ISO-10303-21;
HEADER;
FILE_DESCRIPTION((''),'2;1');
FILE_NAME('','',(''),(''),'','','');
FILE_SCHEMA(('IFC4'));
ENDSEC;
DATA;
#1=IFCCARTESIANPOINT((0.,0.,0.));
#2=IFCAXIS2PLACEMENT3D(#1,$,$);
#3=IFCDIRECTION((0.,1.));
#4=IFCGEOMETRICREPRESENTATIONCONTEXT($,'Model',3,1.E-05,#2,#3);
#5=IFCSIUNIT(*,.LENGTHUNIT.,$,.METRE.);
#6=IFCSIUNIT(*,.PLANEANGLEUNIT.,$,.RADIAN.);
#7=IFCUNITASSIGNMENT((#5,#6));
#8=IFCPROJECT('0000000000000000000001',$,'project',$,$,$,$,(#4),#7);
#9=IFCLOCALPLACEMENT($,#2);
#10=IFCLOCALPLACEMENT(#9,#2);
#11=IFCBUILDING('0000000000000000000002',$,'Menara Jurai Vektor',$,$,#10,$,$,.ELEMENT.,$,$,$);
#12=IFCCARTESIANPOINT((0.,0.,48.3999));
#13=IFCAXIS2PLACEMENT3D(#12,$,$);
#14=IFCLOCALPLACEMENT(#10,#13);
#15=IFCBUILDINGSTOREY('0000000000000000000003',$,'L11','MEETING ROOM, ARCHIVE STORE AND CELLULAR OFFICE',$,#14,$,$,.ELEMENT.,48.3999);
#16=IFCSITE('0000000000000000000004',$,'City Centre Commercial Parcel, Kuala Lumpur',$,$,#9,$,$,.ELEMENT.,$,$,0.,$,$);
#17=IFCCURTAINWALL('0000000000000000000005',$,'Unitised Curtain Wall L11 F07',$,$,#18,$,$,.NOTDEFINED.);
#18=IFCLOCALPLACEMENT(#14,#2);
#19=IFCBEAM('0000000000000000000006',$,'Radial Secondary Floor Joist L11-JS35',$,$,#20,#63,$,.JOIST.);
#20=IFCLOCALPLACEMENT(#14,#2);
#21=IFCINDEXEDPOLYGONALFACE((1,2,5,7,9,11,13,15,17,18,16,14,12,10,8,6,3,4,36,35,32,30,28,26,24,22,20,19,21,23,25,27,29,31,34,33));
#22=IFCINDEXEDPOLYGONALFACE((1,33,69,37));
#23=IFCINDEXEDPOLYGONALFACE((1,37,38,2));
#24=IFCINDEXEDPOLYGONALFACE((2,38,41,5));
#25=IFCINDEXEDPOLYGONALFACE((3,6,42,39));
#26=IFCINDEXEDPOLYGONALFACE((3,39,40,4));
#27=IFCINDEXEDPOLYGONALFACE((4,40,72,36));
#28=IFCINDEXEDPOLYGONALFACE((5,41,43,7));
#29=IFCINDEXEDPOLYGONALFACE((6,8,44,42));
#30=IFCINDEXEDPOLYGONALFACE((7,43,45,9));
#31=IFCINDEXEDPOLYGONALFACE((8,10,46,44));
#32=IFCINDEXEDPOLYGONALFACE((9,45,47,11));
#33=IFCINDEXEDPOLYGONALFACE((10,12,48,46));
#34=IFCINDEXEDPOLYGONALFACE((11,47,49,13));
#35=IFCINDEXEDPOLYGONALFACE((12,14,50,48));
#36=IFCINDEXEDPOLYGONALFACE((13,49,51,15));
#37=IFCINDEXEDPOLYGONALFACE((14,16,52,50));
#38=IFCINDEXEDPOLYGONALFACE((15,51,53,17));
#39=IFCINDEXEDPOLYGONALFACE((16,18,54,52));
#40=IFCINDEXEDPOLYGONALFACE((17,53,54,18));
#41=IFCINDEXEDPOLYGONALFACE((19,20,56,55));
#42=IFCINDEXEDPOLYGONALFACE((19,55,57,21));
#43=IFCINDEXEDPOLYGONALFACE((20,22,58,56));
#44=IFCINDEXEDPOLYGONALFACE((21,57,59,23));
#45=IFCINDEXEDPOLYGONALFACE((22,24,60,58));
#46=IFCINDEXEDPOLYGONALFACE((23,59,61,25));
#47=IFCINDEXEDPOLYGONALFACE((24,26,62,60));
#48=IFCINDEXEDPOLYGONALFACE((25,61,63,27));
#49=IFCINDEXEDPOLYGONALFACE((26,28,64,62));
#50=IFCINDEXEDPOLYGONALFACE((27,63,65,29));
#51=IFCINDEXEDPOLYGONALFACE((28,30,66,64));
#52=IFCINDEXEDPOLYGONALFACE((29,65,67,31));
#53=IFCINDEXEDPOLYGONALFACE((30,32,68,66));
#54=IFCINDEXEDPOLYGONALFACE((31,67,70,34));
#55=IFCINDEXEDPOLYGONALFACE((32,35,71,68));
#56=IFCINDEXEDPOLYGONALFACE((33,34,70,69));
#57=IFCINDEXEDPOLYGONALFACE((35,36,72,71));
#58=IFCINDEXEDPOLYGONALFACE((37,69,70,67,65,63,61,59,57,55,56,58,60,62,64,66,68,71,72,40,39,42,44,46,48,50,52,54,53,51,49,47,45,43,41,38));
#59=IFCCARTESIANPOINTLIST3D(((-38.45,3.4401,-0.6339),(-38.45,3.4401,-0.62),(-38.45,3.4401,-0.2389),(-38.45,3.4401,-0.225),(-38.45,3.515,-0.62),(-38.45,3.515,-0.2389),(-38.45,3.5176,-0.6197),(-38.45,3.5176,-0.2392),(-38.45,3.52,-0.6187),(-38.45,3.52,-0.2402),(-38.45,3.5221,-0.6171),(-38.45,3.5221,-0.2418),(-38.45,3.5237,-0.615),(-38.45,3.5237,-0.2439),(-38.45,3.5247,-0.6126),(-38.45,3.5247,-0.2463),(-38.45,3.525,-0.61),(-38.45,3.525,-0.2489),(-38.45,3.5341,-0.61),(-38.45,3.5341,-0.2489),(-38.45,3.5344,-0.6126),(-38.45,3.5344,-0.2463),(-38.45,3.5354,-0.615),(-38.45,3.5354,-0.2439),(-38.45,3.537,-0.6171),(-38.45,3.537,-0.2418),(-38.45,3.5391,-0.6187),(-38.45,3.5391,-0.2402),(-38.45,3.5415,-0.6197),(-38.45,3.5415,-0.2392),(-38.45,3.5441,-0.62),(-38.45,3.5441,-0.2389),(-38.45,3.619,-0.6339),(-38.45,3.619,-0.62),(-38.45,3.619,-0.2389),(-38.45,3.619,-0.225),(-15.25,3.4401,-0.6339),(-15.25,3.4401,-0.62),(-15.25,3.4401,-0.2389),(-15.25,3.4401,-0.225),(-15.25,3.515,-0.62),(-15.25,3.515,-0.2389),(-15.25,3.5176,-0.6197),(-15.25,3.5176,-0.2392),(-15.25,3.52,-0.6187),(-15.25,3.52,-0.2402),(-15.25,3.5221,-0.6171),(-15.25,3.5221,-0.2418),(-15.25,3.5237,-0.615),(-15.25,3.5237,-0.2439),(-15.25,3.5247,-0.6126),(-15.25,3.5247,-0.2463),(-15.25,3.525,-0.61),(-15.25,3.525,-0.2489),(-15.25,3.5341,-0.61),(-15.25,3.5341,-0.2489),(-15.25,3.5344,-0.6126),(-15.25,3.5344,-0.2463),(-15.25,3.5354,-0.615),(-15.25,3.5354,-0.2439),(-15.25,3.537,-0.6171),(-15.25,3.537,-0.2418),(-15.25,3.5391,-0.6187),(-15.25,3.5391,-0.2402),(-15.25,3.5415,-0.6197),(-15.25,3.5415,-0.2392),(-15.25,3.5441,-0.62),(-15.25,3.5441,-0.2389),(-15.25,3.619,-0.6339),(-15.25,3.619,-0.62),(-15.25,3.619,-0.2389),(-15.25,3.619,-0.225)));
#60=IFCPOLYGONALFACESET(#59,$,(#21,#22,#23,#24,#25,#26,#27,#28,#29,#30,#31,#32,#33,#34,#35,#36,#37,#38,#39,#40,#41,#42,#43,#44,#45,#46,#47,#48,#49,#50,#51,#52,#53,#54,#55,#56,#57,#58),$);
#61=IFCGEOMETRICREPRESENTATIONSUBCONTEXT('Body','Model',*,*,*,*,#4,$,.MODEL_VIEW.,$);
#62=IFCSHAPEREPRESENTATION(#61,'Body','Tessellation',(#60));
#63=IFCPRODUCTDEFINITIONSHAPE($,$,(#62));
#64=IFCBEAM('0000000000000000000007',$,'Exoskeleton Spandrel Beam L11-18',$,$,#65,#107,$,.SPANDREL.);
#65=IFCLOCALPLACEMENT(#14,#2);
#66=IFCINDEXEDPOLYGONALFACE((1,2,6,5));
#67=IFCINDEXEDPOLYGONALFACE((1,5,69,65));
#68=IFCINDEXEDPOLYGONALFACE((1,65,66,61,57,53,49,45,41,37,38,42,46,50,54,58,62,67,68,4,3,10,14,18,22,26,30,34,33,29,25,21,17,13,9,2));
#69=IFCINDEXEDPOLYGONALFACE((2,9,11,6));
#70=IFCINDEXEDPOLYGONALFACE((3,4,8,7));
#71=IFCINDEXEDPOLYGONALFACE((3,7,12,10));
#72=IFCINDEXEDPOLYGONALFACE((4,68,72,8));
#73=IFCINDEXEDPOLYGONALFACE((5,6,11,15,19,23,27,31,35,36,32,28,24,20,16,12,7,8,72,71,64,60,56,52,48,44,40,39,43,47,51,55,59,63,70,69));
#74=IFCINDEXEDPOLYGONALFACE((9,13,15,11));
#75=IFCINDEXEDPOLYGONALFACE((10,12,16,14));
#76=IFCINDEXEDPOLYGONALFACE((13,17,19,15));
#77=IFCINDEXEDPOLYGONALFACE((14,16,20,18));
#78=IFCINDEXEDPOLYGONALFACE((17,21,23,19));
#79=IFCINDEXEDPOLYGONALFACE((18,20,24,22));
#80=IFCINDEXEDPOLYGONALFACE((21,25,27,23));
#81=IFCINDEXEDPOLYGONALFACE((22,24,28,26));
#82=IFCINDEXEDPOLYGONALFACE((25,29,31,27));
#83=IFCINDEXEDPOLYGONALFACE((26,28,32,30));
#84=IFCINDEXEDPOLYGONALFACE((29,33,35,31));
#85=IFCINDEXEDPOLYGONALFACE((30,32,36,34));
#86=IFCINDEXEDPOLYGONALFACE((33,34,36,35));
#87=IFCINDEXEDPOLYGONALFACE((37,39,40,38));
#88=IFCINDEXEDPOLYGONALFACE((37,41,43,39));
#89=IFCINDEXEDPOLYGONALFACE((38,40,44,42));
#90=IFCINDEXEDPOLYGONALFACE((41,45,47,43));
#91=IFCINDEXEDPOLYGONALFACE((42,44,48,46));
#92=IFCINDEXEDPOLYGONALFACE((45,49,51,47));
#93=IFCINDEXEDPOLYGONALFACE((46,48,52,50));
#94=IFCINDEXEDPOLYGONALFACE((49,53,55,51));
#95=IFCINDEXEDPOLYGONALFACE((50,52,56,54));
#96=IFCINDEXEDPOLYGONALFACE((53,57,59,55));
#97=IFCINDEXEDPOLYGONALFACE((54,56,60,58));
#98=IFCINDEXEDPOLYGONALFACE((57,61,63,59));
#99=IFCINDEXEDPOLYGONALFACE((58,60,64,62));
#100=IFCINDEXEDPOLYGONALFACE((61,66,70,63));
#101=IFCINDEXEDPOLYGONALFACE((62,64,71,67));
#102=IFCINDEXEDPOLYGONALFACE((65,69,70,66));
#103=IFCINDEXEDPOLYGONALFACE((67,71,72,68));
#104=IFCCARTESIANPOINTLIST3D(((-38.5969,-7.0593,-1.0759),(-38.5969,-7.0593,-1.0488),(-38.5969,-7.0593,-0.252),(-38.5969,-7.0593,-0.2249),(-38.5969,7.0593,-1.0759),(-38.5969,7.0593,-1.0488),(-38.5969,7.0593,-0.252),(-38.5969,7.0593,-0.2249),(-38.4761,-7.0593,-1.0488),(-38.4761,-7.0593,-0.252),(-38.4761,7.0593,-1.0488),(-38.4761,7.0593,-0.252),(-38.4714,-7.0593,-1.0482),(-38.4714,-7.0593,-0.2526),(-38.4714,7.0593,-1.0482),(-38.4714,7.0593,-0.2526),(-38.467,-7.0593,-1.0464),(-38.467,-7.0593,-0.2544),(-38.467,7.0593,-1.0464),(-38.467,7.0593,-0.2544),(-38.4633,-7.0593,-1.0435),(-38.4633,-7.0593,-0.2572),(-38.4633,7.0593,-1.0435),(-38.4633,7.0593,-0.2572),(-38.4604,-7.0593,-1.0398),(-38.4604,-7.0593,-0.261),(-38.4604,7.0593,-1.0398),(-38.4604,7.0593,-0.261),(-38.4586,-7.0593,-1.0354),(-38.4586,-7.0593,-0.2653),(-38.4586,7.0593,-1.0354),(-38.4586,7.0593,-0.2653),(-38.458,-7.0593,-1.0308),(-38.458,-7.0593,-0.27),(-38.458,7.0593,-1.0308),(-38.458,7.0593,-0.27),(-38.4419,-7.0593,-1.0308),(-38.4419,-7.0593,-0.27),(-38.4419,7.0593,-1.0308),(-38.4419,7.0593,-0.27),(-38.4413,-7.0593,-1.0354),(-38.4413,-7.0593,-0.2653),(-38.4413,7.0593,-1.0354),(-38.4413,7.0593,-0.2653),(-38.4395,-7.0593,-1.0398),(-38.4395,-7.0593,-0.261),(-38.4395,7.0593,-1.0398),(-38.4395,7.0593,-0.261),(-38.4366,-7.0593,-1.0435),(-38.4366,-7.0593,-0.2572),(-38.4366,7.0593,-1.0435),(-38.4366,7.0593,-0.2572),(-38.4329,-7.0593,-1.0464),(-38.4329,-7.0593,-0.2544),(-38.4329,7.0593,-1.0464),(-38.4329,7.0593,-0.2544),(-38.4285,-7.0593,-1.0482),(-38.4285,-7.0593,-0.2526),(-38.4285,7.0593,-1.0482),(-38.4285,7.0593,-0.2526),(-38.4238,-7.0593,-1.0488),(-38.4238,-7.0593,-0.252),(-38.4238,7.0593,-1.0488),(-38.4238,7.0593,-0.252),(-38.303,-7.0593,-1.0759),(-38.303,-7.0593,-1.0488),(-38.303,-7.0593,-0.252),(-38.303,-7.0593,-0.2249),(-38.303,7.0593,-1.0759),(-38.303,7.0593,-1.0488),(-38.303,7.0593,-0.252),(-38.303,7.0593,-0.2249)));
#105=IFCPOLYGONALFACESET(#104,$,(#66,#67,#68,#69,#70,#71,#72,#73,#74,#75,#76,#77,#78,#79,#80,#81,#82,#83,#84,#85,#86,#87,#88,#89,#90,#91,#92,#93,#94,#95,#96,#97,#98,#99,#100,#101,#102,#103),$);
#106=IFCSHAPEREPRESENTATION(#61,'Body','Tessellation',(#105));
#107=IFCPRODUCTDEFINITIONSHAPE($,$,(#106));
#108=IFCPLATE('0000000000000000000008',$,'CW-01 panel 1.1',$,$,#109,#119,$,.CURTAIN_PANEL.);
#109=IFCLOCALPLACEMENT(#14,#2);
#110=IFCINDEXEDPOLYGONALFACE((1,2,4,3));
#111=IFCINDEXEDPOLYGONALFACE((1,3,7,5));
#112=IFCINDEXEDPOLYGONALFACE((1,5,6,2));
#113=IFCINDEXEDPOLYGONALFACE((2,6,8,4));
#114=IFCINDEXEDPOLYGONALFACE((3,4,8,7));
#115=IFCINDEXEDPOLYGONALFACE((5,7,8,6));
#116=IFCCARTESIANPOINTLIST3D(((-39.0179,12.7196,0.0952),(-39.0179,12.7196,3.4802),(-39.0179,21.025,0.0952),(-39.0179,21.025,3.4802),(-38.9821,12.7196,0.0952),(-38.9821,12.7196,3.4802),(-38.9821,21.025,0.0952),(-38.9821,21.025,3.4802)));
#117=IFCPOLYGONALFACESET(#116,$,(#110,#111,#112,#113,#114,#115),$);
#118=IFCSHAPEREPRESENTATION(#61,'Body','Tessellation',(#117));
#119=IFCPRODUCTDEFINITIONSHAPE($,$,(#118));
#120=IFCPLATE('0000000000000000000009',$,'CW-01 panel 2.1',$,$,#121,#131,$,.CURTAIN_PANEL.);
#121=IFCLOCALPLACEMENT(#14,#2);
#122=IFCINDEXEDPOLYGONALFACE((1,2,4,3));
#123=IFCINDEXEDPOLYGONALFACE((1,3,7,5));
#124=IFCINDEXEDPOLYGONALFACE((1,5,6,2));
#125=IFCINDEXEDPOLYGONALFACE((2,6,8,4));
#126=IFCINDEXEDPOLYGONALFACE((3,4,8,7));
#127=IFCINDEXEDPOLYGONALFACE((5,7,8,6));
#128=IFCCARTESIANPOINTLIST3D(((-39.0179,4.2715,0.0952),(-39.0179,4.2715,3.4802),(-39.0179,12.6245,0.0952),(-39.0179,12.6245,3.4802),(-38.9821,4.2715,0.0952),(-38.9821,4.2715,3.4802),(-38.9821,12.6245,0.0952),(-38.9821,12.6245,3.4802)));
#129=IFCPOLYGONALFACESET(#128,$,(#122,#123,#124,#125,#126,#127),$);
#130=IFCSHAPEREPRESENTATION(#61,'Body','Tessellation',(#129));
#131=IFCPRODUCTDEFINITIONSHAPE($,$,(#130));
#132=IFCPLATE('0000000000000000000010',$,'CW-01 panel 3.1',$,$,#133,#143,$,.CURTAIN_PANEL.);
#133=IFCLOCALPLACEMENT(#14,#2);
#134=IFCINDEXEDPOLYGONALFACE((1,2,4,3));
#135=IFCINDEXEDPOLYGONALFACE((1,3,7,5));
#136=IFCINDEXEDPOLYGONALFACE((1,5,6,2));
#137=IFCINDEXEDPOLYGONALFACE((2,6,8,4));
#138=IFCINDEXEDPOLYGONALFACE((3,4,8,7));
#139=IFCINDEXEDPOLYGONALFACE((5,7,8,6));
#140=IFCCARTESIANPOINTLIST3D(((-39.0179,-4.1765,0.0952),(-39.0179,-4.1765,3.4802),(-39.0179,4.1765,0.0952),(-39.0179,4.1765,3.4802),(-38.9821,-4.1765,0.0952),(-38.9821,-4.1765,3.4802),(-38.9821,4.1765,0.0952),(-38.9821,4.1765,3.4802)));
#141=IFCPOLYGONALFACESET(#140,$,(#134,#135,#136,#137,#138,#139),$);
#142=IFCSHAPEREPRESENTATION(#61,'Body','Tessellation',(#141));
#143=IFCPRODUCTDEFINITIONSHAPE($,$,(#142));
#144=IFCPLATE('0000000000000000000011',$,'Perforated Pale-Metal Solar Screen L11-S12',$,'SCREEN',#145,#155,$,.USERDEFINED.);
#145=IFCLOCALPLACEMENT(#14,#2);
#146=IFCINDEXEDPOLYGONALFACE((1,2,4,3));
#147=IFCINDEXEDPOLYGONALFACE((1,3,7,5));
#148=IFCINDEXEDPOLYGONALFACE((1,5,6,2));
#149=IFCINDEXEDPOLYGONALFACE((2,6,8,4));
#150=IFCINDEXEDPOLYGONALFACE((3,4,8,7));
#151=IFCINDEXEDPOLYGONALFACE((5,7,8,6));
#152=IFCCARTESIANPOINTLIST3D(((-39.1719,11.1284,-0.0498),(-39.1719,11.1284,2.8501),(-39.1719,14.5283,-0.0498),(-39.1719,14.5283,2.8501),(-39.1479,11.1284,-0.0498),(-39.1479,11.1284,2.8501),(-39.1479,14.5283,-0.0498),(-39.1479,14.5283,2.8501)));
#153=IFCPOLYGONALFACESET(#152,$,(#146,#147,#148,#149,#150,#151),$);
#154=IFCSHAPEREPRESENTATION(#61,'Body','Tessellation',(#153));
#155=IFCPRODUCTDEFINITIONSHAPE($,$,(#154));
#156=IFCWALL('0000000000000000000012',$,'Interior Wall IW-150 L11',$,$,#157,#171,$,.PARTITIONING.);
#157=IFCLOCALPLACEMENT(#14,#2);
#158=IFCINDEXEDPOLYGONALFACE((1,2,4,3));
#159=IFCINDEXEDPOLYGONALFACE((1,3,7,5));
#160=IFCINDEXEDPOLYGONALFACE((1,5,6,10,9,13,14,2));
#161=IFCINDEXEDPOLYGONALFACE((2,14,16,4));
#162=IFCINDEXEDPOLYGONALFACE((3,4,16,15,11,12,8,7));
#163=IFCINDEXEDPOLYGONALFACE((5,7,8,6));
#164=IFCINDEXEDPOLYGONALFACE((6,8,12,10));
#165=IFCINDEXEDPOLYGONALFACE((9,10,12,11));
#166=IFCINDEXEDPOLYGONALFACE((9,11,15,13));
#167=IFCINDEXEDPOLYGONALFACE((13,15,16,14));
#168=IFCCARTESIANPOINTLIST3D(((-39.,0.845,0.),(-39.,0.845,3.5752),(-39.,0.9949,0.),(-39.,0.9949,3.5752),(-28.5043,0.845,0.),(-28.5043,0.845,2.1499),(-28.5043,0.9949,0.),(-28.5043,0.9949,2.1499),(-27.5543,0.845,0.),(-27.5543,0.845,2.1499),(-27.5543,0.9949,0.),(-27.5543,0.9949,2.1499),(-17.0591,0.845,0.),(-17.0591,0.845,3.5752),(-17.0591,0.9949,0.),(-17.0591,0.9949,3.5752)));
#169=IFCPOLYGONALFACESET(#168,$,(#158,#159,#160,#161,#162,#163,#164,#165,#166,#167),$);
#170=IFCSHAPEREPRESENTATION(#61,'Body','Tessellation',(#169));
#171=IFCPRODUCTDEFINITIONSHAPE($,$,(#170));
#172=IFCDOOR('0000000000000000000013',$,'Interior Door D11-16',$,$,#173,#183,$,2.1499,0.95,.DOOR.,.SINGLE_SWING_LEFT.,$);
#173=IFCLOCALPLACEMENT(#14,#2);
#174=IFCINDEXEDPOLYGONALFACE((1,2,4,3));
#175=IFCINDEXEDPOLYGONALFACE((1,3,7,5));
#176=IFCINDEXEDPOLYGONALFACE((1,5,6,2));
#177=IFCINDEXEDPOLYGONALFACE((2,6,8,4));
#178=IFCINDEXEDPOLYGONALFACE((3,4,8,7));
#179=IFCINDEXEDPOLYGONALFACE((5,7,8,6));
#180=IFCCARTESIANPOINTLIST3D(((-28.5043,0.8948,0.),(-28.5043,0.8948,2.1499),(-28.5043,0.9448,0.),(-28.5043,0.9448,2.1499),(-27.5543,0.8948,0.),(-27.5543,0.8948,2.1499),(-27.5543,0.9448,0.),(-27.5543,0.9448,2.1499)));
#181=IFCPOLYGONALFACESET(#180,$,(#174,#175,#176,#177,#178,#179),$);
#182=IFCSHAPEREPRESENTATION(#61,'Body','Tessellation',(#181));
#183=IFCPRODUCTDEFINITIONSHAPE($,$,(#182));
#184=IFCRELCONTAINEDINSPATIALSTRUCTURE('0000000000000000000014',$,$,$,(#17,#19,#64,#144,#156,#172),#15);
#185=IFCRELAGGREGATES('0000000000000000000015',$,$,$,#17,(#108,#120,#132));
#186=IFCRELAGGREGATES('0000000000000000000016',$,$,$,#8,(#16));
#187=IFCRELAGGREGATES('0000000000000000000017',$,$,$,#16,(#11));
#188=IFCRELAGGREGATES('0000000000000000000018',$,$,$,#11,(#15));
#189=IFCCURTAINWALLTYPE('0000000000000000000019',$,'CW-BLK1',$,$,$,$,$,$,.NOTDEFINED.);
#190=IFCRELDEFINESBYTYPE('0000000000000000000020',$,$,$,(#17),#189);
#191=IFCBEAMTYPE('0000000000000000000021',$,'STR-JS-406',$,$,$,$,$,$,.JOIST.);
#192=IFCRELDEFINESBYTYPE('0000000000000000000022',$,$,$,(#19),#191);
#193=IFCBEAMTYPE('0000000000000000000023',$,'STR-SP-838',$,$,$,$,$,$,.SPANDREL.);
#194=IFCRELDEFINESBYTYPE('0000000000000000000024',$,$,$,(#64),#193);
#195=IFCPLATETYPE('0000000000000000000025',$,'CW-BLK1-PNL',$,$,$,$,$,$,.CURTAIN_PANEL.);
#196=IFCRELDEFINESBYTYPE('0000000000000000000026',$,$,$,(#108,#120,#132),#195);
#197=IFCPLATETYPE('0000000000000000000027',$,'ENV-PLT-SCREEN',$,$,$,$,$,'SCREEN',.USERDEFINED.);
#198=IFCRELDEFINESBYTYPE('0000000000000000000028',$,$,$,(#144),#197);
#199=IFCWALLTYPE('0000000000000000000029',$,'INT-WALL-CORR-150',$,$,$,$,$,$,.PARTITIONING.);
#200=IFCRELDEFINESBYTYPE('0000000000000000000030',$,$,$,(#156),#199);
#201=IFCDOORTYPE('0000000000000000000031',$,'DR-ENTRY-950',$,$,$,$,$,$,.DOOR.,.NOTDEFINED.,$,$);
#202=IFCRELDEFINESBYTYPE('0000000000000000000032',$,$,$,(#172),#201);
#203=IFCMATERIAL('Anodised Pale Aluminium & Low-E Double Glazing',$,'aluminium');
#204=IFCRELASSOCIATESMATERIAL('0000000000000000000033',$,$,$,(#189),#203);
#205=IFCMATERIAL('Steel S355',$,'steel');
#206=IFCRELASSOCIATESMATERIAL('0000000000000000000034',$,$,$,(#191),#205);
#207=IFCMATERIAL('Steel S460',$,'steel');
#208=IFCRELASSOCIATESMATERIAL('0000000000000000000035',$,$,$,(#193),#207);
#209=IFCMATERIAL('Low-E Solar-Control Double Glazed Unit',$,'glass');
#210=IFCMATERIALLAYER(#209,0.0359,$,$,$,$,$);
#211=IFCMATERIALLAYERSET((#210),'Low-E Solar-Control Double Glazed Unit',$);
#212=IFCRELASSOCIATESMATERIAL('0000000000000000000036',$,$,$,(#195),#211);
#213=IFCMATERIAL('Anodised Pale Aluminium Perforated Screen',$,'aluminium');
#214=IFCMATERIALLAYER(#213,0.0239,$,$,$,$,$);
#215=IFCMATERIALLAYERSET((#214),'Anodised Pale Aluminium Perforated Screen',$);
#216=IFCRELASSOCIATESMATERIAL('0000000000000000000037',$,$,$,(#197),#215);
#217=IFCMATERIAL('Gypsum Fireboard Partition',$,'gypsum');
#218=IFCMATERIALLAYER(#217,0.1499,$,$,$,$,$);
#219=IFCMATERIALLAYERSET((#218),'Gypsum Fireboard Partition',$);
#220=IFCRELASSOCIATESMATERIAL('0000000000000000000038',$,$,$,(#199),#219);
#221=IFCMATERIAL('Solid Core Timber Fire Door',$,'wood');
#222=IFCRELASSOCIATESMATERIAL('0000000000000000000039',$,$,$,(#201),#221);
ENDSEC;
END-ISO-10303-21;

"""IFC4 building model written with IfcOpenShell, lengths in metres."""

from ifc_helpers import new_model, si_unit, direction, frame, frame_2d, origin, origin_2d, place, context, subcontext, project, spatial, rectangle, i_section, extrude, material, layer, layer_set, material_profile, profile_set, type_object, element, fill, aggregate, save


model = new_model("IFC4")

# Units and contexts
model_context = context("Model", 3, precision=1e-05, world=origin(), true_north=direction((0.0, 1.0)))
body_context = subcontext(model_context, "Body", "Model", "MODEL_VIEW")
ifc_project = project(units=[si_unit("LENGTHUNIT", "METRE"), si_unit("PLANEANGLEUNIT", "RADIAN")], contexts=[model_context])

# Site, building, storey
site_placement = place(None, origin())
site = spatial("IfcSite", under=ifc_project, at=site_placement, Name="City Centre Commercial Parcel, Kuala Lumpur", CompositionType="ELEMENT", RefElevation=0.0)
building_placement = place(site_placement, origin())
building = spatial("IfcBuilding", under=site, at=building_placement, Name="Menara Jurai Vektor", CompositionType="ELEMENT")
storey_placement = place(building_placement, frame((0.0, 0.0, 48.3999)))
storey = spatial("IfcBuildingStorey", under=building, at=storey_placement, Name="L11", Description="MEETING ROOM, ARCHIVE STORE AND CELLULAR OFFICE", CompositionType="ELEMENT", Elevation=48.3999)

# Shared definitions
ifc_material_1 = material(Name="Steel S460", Category="steel")

# Curtain wall
ifc_material_2 = material(Name="Anodised Pale Aluminium & Low-E Double Glazing", Category="aluminium")
curtain_wall_type = type_object("IfcCurtainWallType", Name="CW-BLK1", PredefinedType="NOTDEFINED", material=ifc_material_2)
curtain_wall_placement = place(storey_placement, origin())
curtain_wall = element("IfcCurtainWall", 1, at=curtain_wall_placement, inside=storey, type_object=curtain_wall_type, Name="Unitised Curtain Wall L11 F07", PredefinedType="NOTDEFINED")

# Beams
ifc_material_3 = material(Name="Steel S355", Category="steel")
ifc_material_profile_1 = material_profile(ifc_material_3, i_section(OverallWidth=0.179, OverallDepth=0.4089, WebThickness=0.009, FlangeThickness=0.0139, FilletRadius=0.01, at=origin_2d()), Name="UKB 406x178x67")
ifc_profile_set_1 = profile_set([ifc_material_profile_1], Name="Steel S355")
beam_type_1 = type_object("IfcBeamType", Name="STR-JS-406", PredefinedType="JOIST", material=ifc_profile_set_1)
beam_1_placement = place(storey_placement, frame((-38.45, 3.5295, -0.4294), z_axis=(1.0, 0.0, 0.0), x_axis=(0.0, 1.0, 0.0)))
element("IfcBeam", 2, at=beam_1_placement, inside=storey, type_object=beam_type_1, Name="Radial Secondary Floor Joist L11-JS35", PredefinedType="JOIST", context=body_context, shape_type="SweptSolid", body=[
    extrude(i_section(OverallWidth=0.179, OverallDepth=0.4089, WebThickness=0.009, FlangeThickness=0.0139, FilletRadius=0.01, at=origin_2d()), origin(), (0.0, 0.0, 1.0), 23.2),
])
ifc_material_profile_2 = material_profile(ifc_material_1, i_section(OverallWidth=0.2939, OverallDepth=0.8511, WebThickness=0.0161, FlangeThickness=0.0271, FilletRadius=0.0181, at=origin_2d()), Name="UKB 838x292x226")
ifc_profile_set_2 = profile_set([ifc_material_profile_2], Name="Steel S460")
beam_type_2 = type_object("IfcBeamType", Name="STR-SP-838", PredefinedType="SPANDREL", material=ifc_profile_set_2)
beam_2_placement = place(storey_placement, frame((-38.45, 7.0593, -0.6504), z_axis=(0.0, -1.0, 0.0), x_axis=(1.0, 0.0, 0.0)))
element("IfcBeam", 3, at=beam_2_placement, inside=storey, type_object=beam_type_2, Name="Exoskeleton Spandrel Beam L11-18", PredefinedType="SPANDREL", context=body_context, shape_type="SweptSolid", body=[
    extrude(i_section(OverallWidth=0.2939, OverallDepth=0.8511, WebThickness=0.0161, FlangeThickness=0.0271, FilletRadius=0.0181, at=origin_2d()), origin(), (0.0, 0.0, 1.0), 14.1187),
])

# Plates
ifc_material_4 = material(Name="Low-E Solar-Control Double Glazed Unit", Category="glass")
ifc_layer_1 = layer(ifc_material_4, 0.0359)
ifc_layer_set_1 = layer_set([ifc_layer_1], Name="Low-E Solar-Control Double Glazed Unit")
plate_type_1 = type_object("IfcPlateType", Name="CW-BLK1-PNL", PredefinedType="CURTAIN_PANEL", material=ifc_layer_set_1)
plate_1_placement = place(storey_placement, frame((-39.0, 16.8723, 0.0952), z_axis=(0.0, 0.0, 1.0), x_axis=(0.0, -1.0, 0.0)))
plate_1 = element("IfcPlate", 4, at=plate_1_placement, type_object=plate_type_1, Name="CW-01 panel 1.1", PredefinedType="CURTAIN_PANEL", context=body_context, shape_type="SweptSolid", body=[
    extrude(rectangle(XDim=8.3054, YDim=0.0359, at=origin_2d()), origin(), (0.0, 0.0, 1.0), 3.385),
])
plate_2_placement = place(storey_placement, frame((-39.0, 8.448, 0.0952), z_axis=(0.0, 0.0, 1.0), x_axis=(0.0, -1.0, 0.0)))
plate_2 = element("IfcPlate", 5, at=plate_2_placement, type_object=plate_type_1, Name="CW-01 panel 2.1", PredefinedType="CURTAIN_PANEL", context=body_context, shape_type="SweptSolid", body=[
    extrude(rectangle(XDim=8.353, YDim=0.0359, at=origin_2d()), origin(), (0.0, 0.0, 1.0), 3.385),
])
plate_3_placement = place(storey_placement, frame((-39.0, 0.0, 0.0952), z_axis=(0.0, 0.0, 1.0), x_axis=(0.0, -1.0, 0.0)))
plate_3 = element("IfcPlate", 6, at=plate_3_placement, type_object=plate_type_1, Name="CW-01 panel 3.1", PredefinedType="CURTAIN_PANEL", context=body_context, shape_type="SweptSolid", body=[
    extrude(rectangle(XDim=8.353, YDim=0.0359, at=origin_2d()), origin(), (0.0, 0.0, 1.0), 3.385),
])
aggregate(curtain_wall, [plate_1, plate_2, plate_3])
ifc_material_5 = material(Name="Anodised Pale Aluminium Perforated Screen", Category="aluminium")
ifc_layer_2 = layer(ifc_material_5, 0.0239)
ifc_layer_set_2 = layer_set([ifc_layer_2], Name="Anodised Pale Aluminium Perforated Screen")
plate_type_2 = type_object("IfcPlateType", Name="ENV-PLT-SCREEN", ElementType="SCREEN", PredefinedType="USERDEFINED", material=ifc_layer_set_2)
plate_4_placement = place(storey_placement, frame((-39.1599, 12.8284, -0.0498), z_axis=(0.0, 0.0, 1.0), x_axis=(0.0, -1.0, 0.0)))
element("IfcPlate", 7, at=plate_4_placement, inside=storey, type_object=plate_type_2, Name="Perforated Pale-Metal Solar Screen L11-S12", ObjectType="SCREEN", PredefinedType="USERDEFINED", context=body_context, shape_type="SweptSolid", body=[
    extrude(rectangle(XDim=3.3999, YDim=0.0239, at=origin_2d()), origin(), (0.0, 0.0, 1.0), 2.8999),
])

# Wall, opening, door
ifc_material_6 = material(Name="Gypsum Fireboard Partition", Category="gypsum")
ifc_layer_3 = layer(ifc_material_6, 0.1499)
ifc_layer_set_3 = layer_set([ifc_layer_3], Name="Gypsum Fireboard Partition")
wall_type_1 = type_object("IfcWallType", Name="INT-WALL-CORR-150", PredefinedType="PARTITIONING", material=ifc_layer_set_3)
wall_1_placement = place(storey_placement, frame((-39.0, 0.9199, 0.0), z_axis=(0.0, 0.0, 1.0), x_axis=(1.0, 0.0, 0.0)))
wall_1 = element("IfcWall", 8, at=wall_1_placement, inside=storey, type_object=wall_type_1, Name="Interior Wall IW-150 L11", PredefinedType="PARTITIONING", context=body_context, shape_type="SweptSolid", body=[
    extrude(rectangle(XDim=21.9409, YDim=0.1499, at=frame_2d((10.9705, 0.0))), origin(), (0.0, 0.0, 1.0), 3.5752),
])
opening_1_placement = place(wall_1_placement, frame((10.4956, 0.0, 0.0)))
opening_1 = element("IfcOpeningElement", 9, at=opening_1_placement, cuts=wall_1, PredefinedType="OPENING", context=body_context, shape_type="SweptSolid", body=[
    extrude(rectangle(XDim=0.95, YDim=2.1499, at=frame_2d((0.4751, 1.075))), frame((0.0, 0.085, 0.0), z_axis=(0.0, -1.0, 0.0), x_axis=(1.0, 0.0, 0.0)), (0.0, 0.0, 1.0), 0.1699),
])
ifc_material_7 = material(Name="Solid Core Timber Fire Door", Category="wood")
door_type = type_object("IfcDoorType", Name="DR-ENTRY-950", OperationType="NOTDEFINED", PredefinedType="DOOR", material=ifc_material_7)
door_1_placement = place(opening_1_placement, origin())
door_1 = element("IfcDoor", 10, at=door_1_placement, inside=storey, type_object=door_type, Name="Interior Door D11-16", OperationType="SINGLE_SWING_LEFT", OverallHeight=2.1499, OverallWidth=0.95, PredefinedType="DOOR", context=body_context, shape_type="SweptSolid", body=[
    extrude(rectangle(XDim=0.95, YDim=2.1499, at=frame_2d((0.4751, 1.075))), frame((0.0, 0.0249, 0.0), z_axis=(0.0, -1.0, 0.0), x_axis=(1.0, 0.0, 0.0)), (0.0, 0.0, 1.0), 0.05),
])
fill(opening_1, door_1)

save(model, "model.ifc")
